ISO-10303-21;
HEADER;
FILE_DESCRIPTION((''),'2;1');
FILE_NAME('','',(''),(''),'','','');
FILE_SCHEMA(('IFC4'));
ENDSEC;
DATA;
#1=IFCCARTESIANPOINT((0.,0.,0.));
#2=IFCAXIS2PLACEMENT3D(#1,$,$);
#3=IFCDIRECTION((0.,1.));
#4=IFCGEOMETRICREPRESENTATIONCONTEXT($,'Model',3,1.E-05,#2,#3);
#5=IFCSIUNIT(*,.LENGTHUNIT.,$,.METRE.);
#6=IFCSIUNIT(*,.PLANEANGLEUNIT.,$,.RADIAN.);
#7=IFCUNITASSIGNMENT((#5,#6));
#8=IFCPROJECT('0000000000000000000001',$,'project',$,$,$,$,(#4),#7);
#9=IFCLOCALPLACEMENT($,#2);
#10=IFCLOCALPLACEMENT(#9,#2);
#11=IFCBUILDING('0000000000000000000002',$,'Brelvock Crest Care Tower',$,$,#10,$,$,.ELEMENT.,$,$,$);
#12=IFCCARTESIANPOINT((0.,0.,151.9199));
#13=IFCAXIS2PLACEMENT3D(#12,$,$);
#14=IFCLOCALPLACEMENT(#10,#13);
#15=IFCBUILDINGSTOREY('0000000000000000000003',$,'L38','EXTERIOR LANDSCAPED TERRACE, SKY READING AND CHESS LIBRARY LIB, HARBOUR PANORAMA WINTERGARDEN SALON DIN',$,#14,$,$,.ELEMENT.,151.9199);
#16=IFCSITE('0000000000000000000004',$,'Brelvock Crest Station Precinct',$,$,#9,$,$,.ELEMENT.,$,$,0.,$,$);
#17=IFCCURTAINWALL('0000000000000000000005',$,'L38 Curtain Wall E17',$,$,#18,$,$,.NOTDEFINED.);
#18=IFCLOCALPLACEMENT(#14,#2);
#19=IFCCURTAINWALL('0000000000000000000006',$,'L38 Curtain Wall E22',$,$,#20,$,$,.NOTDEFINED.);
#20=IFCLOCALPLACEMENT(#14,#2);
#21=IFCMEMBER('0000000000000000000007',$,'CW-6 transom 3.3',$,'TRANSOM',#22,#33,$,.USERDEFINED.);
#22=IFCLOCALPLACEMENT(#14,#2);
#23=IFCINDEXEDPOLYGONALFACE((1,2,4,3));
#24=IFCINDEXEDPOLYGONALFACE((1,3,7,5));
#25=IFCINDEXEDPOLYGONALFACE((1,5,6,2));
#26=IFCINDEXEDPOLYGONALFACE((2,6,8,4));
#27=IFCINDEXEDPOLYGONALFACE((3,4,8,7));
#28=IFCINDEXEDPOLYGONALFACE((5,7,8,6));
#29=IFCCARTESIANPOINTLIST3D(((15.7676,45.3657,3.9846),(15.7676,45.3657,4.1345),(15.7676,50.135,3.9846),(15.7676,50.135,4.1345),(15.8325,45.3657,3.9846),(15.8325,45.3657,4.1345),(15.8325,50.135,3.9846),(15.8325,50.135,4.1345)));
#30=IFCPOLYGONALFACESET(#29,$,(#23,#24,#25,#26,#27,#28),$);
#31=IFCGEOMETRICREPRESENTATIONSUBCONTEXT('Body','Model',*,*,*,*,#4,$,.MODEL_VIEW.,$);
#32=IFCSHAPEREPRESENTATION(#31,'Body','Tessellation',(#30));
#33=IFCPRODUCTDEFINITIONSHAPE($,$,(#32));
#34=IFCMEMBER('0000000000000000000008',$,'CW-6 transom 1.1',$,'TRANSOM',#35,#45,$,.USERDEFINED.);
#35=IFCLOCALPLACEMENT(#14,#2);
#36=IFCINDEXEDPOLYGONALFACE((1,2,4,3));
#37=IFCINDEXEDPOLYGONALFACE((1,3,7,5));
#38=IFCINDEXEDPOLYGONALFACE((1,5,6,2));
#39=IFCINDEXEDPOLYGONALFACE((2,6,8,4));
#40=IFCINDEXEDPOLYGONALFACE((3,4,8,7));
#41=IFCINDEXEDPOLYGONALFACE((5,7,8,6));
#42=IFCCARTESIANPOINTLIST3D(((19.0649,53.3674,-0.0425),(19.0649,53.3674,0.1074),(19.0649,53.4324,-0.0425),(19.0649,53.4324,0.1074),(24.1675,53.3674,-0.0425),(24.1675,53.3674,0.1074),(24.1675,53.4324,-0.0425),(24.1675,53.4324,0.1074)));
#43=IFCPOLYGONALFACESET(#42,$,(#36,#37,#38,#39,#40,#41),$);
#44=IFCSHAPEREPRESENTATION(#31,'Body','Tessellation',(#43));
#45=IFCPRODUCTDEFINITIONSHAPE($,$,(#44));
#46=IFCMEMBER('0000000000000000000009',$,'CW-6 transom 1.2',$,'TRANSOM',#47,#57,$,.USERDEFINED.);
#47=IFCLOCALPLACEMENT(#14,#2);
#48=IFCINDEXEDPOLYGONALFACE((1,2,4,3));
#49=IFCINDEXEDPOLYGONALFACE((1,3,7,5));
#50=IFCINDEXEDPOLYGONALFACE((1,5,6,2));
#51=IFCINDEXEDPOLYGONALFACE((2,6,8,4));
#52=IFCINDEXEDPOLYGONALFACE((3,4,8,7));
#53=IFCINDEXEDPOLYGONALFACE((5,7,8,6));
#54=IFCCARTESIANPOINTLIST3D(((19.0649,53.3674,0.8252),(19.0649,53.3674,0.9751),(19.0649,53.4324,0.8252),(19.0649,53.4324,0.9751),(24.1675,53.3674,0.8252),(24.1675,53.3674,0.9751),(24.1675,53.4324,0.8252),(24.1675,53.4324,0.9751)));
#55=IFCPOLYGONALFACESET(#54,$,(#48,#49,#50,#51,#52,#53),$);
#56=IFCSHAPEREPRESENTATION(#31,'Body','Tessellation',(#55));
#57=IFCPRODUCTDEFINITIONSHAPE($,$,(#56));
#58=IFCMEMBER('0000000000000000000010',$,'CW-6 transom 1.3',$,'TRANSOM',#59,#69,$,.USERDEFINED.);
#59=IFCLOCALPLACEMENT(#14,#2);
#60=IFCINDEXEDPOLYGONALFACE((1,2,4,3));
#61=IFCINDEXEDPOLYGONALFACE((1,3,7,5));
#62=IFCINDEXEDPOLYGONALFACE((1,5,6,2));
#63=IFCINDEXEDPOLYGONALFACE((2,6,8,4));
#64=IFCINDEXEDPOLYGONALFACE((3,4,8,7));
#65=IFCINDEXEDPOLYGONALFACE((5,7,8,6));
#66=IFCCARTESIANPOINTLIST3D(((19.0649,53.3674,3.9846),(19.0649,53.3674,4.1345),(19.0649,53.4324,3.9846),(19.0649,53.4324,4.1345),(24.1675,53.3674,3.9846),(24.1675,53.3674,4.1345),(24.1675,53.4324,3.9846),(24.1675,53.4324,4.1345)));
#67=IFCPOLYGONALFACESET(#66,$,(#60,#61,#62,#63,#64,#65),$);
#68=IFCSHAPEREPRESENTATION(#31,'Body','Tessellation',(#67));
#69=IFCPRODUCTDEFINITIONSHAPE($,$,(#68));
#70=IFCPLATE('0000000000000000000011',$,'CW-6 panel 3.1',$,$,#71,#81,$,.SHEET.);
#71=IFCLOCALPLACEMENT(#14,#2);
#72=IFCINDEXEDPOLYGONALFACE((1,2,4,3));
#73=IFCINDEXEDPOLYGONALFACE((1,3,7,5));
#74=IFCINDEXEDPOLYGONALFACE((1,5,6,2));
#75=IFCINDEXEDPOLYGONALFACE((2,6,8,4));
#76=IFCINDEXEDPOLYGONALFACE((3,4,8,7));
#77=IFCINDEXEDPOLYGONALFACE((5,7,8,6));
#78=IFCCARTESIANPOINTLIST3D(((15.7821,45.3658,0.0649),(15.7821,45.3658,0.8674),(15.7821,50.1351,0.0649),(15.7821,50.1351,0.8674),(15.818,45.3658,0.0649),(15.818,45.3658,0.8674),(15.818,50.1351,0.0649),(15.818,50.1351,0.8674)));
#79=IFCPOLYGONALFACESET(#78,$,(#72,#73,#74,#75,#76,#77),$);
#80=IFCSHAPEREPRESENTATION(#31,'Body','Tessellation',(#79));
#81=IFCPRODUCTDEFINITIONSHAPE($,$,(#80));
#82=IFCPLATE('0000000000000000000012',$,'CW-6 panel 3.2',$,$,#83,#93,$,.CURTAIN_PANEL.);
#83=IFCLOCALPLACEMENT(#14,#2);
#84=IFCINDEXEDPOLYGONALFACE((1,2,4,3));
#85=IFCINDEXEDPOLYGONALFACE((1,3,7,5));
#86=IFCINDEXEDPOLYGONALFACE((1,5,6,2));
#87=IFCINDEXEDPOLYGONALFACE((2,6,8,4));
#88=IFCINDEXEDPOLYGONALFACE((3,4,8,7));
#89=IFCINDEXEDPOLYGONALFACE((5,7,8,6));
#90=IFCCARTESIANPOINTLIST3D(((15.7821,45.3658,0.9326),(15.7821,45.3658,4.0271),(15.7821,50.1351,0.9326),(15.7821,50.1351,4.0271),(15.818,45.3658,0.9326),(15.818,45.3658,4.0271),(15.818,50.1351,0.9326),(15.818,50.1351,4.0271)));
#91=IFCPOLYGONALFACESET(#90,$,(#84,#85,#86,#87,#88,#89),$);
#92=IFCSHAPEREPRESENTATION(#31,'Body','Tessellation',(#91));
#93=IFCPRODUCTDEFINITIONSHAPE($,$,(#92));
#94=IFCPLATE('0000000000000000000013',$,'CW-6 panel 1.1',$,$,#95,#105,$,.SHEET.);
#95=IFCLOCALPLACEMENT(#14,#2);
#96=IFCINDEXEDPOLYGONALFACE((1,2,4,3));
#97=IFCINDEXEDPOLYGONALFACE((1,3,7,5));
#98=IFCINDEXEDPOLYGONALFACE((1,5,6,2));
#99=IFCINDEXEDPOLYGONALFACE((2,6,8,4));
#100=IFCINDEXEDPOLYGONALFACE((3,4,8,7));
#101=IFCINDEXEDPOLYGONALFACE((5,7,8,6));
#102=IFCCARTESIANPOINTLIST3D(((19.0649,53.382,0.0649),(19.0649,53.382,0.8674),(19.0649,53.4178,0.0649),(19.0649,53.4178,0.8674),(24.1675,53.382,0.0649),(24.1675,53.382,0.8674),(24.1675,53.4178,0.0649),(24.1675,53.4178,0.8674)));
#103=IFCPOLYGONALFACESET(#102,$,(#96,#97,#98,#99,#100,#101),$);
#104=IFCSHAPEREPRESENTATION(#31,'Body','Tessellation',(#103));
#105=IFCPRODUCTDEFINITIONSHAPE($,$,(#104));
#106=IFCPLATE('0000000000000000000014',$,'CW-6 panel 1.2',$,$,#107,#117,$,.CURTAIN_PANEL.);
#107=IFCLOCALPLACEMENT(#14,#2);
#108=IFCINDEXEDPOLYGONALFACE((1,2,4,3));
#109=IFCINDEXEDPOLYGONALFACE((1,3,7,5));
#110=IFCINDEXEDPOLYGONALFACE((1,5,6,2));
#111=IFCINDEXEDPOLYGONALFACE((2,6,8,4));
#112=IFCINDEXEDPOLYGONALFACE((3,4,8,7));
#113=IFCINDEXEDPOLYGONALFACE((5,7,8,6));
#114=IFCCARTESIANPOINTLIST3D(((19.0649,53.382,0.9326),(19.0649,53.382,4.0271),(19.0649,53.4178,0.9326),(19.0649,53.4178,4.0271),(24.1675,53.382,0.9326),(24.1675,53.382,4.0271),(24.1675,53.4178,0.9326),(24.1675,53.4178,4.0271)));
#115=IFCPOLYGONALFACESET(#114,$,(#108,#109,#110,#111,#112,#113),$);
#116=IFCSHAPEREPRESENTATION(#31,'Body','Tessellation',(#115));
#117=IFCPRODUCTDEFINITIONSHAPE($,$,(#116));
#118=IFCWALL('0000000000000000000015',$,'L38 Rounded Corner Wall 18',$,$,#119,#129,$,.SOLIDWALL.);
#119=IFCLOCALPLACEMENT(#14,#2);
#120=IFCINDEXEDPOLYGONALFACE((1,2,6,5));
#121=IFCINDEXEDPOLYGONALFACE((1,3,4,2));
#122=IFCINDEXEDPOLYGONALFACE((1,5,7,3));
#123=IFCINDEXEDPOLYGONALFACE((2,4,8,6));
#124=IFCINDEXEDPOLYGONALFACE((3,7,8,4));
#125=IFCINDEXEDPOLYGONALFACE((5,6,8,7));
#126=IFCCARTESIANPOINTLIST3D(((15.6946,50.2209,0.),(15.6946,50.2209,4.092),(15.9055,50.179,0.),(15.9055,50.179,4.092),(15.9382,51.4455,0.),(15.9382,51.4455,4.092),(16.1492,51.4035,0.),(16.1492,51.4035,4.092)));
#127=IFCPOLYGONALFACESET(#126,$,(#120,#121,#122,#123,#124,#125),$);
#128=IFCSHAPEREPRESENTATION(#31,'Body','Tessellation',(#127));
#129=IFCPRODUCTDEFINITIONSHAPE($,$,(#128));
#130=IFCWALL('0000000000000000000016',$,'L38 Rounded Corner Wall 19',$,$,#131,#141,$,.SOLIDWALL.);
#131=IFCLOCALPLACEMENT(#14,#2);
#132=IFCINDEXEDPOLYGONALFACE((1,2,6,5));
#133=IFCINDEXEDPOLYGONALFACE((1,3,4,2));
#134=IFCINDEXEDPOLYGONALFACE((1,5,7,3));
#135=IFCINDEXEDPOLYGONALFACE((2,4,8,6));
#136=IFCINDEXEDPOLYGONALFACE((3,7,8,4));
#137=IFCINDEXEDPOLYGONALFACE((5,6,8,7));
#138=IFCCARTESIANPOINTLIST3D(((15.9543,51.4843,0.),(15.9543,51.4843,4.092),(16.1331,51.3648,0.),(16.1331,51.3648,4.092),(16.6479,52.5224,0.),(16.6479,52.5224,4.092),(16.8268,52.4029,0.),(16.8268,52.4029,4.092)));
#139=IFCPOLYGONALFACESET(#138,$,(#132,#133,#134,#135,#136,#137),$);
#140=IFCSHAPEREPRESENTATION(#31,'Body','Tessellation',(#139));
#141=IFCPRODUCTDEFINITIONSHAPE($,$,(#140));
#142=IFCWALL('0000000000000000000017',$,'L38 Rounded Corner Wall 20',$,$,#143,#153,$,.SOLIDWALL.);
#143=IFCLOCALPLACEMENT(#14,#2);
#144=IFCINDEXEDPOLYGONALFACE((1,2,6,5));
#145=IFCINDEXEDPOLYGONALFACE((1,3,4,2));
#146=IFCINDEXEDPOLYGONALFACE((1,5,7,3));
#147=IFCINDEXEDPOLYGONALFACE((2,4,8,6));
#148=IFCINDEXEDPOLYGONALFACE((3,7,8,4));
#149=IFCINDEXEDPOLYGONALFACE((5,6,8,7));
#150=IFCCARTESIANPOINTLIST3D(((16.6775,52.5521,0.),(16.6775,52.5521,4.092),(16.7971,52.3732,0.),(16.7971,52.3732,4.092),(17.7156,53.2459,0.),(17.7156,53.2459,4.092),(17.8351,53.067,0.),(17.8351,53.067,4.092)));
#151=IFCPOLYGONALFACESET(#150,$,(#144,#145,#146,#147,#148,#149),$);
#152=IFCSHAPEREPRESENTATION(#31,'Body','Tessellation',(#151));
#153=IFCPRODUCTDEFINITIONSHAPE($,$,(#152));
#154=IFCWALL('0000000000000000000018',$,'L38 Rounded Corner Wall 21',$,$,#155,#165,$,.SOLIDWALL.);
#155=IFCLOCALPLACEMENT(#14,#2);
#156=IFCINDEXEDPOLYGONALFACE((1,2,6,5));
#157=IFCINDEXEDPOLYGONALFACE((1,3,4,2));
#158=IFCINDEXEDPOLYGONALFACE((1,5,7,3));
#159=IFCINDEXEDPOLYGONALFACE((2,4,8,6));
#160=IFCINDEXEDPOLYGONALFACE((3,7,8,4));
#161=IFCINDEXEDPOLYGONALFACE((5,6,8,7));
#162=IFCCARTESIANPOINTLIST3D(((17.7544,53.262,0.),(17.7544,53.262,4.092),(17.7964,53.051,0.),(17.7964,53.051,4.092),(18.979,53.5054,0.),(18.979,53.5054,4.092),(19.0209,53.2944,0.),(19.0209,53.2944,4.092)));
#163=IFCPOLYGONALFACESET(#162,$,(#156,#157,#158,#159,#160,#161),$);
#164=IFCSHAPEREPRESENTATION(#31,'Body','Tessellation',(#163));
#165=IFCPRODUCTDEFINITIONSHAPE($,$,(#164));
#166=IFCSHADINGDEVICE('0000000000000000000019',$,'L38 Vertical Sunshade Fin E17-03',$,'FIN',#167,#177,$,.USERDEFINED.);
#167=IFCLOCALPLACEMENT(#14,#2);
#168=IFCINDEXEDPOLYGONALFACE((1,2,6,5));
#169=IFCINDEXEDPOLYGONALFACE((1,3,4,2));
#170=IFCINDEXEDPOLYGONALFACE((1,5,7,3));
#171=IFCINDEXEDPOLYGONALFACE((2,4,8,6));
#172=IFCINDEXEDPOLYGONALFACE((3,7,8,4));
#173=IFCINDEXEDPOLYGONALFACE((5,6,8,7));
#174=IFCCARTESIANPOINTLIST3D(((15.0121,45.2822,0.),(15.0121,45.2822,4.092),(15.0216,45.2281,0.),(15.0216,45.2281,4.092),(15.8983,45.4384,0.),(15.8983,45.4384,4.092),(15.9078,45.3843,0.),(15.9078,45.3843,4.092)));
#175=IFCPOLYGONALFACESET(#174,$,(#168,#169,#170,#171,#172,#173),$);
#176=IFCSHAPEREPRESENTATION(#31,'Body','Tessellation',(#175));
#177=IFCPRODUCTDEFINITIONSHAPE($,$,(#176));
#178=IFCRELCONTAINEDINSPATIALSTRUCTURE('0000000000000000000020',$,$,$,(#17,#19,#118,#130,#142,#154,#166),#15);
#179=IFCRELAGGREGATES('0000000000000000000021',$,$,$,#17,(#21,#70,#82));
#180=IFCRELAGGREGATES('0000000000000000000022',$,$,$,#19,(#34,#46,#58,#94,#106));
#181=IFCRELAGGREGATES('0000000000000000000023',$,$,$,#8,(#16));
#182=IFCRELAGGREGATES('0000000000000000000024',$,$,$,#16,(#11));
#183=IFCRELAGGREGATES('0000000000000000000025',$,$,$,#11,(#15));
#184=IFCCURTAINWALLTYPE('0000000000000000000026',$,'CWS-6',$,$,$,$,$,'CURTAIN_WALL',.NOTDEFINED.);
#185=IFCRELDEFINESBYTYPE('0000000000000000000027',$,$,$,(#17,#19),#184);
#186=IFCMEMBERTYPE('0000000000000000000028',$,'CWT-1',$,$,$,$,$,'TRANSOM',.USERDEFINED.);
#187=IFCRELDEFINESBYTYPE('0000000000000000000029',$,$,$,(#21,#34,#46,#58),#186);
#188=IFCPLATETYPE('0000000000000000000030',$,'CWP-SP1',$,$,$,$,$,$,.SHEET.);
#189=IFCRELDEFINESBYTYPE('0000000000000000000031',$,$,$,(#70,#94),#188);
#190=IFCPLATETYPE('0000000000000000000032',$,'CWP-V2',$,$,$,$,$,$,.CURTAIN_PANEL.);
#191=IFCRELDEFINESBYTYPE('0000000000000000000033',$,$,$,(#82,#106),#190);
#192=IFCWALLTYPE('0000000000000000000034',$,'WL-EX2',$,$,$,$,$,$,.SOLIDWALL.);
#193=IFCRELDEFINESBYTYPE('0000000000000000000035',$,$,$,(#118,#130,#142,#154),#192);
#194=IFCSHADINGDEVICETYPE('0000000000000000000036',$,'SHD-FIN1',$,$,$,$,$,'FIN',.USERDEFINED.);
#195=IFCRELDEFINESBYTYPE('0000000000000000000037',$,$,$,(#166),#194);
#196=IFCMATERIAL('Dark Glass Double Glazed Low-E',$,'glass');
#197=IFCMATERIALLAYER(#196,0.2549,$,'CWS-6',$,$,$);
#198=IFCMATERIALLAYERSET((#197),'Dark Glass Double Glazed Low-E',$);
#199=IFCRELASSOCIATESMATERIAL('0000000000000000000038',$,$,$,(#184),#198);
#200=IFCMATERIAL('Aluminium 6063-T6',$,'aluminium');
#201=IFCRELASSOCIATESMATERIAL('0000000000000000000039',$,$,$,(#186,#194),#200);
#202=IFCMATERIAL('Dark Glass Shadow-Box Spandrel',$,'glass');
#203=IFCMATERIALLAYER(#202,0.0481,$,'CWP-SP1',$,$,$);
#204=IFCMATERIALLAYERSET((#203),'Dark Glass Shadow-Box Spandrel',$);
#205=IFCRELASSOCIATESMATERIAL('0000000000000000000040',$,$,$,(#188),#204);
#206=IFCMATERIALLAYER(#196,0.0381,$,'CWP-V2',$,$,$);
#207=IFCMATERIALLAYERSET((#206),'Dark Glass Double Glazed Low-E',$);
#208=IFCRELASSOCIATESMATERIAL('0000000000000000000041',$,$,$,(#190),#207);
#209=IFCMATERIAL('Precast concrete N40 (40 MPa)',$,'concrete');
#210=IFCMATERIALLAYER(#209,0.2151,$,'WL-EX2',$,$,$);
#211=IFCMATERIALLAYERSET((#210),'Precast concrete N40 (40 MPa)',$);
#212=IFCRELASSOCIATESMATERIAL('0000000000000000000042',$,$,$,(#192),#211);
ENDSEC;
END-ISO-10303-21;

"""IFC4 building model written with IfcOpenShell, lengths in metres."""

from ifc_helpers import new_model, si_unit, direction, frame, frame_2d, origin, origin_2d, place, context, subcontext, project, spatial, rectangle, extrude, source, transform, mapped, material, layer, layer_set, material_profile, profile_set, type_object, element, aggregate, save


model = new_model("IFC4")

# Units and contexts
model_context = context("Model", 3, precision=1e-05, world=origin(), true_north=direction((0.0, 1.0)))
body_context = subcontext(model_context, "Body", "Model", "MODEL_VIEW")
ifc_project = project(units=[si_unit("LENGTHUNIT", "METRE"), si_unit("PLANEANGLEUNIT", "RADIAN")], contexts=[model_context])

# Site, building, storey
site_placement = place(None, origin())
site = spatial("IfcSite", under=ifc_project, at=site_placement, Name="Brelvock Crest Station Precinct", CompositionType="ELEMENT", RefElevation=0.0)
building_placement = place(site_placement, origin())
building = spatial("IfcBuilding", under=site, at=building_placement, Name="Brelvock Crest Care Tower", CompositionType="ELEMENT")
storey_placement = place(building_placement, frame((0.0, 0.0, 151.9199)))
storey = spatial("IfcBuildingStorey", under=building, at=storey_placement, Name="L38", Description="EXTERIOR LANDSCAPED TERRACE, SKY READING AND CHESS LIBRARY LIB, HARBOUR PANORAMA WINTERGARDEN SALON DIN", CompositionType="ELEMENT", Elevation=151.9199)

# Curtain walls
ifc_material_1 = material(Name="Dark Glass Double Glazed Low-E", Category="glass")
ifc_layer_1 = layer(ifc_material_1, 0.2549, Name="CWS-6")
ifc_layer_set_1 = layer_set([ifc_layer_1], Name="Dark Glass Double Glazed Low-E")
curtain_wall_type = type_object("IfcCurtainWallType", Name="CWS-6", ElementType="CURTAIN_WALL", PredefinedType="NOTDEFINED", material=ifc_layer_set_1)
curtain_wall_1_placement = place(storey_placement, origin())
curtain_wall_1 = element("IfcCurtainWall", 1, at=curtain_wall_1_placement, inside=storey, type_object=curtain_wall_type, Name="L38 Curtain Wall E17", PredefinedType="NOTDEFINED")
ifc_material_2 = material(Name="Aluminium 6063-T6", Category="aluminium")
curtain_wall_2_placement = place(storey_placement, origin())
curtain_wall_2 = element("IfcCurtainWall", 2, at=curtain_wall_2_placement, inside=storey, type_object=curtain_wall_type, Name="L38 Curtain Wall E22", PredefinedType="NOTDEFINED")

# Members
ifc_material_profile_1 = material_profile(ifc_material_2, rectangle(XDim=0.0649, YDim=0.1499, at=origin_2d()), Name="ALU65x150")
ifc_profile_set_1 = profile_set([ifc_material_profile_1], Name="Aluminium 6063-T6")
member_type_1 = type_object("IfcMemberType", Name="CWT-1", ElementType="TRANSOM", PredefinedType="USERDEFINED", material=ifc_profile_set_1)
shared_shape_1 = source(origin(), body_context, "Body", "SweptSolid", [
    extrude(rectangle(XDim=0.0649, YDim=0.1499, at=origin_2d()), origin(), (0.0, 0.0, 1.0), 4.7693),
])
member_1_placement = place(storey_placement, frame((15.8, 45.3657, 4.0596), z_axis=(0.0, 1.0, 0.0), x_axis=(-1.0, 0.0, 0.0)))
member_1 = element("IfcMember", 3, at=member_1_placement, type_object=member_type_1, Name="CW-6 transom 3.3", ObjectType="TRANSOM", PredefinedType="USERDEFINED", context=body_context, shape_type="MappedRepresentation", body=[
    mapped(shared_shape_1, transform((0.0, 0.0, 0.0), x_axis=(1.0, 0.0, 0.0), y_axis=(0.0, 1.0, 0.0), z_axis=(0.0, 0.0, 1.0), scale=1.0)),
])
shared_shape_2 = source(origin(), body_context, "Body", "SweptSolid", [
    extrude(rectangle(XDim=0.0649, YDim=0.1499, at=origin_2d()), origin(), (0.0, 0.0, 1.0), 5.1025),
])
member_2_placement = place(storey_placement, frame((19.0649, 53.3999, 0.0325), z_axis=(1.0, 0.0, 0.0), x_axis=(0.0, 1.0, 0.0)))
member_2 = element("IfcMember", 4, at=member_2_placement, type_object=member_type_1, Name="CW-6 transom 1.1", ObjectType="TRANSOM", PredefinedType="USERDEFINED", context=body_context, shape_type="MappedRepresentation", body=[
    mapped(shared_shape_2, transform((0.0, 0.0, 0.0), x_axis=(1.0, 0.0, 0.0), y_axis=(0.0, 1.0, 0.0), z_axis=(0.0, 0.0, 1.0), scale=1.0)),
])
member_3_placement = place(storey_placement, frame((19.0649, 53.3999, 0.9001), z_axis=(1.0, 0.0, 0.0), x_axis=(0.0, 1.0, 0.0)))
member_3 = element("IfcMember", 5, at=member_3_placement, type_object=member_type_1, Name="CW-6 transom 1.2", ObjectType="TRANSOM", PredefinedType="USERDEFINED", context=body_context, shape_type="MappedRepresentation", body=[
    mapped(shared_shape_2, transform((0.0, 0.0, 0.0), x_axis=(1.0, 0.0, 0.0), y_axis=(0.0, 1.0, 0.0), z_axis=(0.0, 0.0, 1.0), scale=1.0)),
])
member_4_placement = place(storey_placement, frame((19.0649, 53.3999, 4.0596), z_axis=(1.0, 0.0, 0.0), x_axis=(0.0, 1.0, 0.0)))
member_4 = element("IfcMember", 6, at=member_4_placement, type_object=member_type_1, Name="CW-6 transom 1.3", ObjectType="TRANSOM", PredefinedType="USERDEFINED", context=body_context, shape_type="MappedRepresentation", body=[
    mapped(shared_shape_2, transform((0.0, 0.0, 0.0), x_axis=(1.0, 0.0, 0.0), y_axis=(0.0, 1.0, 0.0), z_axis=(0.0, 0.0, 1.0), scale=1.0)),
])

# Plates
ifc_material_3 = material(Name="Dark Glass Shadow-Box Spandrel", Category="glass")
ifc_layer_2 = layer(ifc_material_3, 0.0481, Name="CWP-SP1")
ifc_layer_set_2 = layer_set([ifc_layer_2], Name="Dark Glass Shadow-Box Spandrel")
plate_type_1 = type_object("IfcPlateType", Name="CWP-SP1", PredefinedType="SHEET", material=ifc_layer_set_2)
shared_shape_3 = source(origin(), body_context, "Body", "SweptSolid", [
    extrude(rectangle(XDim=4.7693, YDim=0.0359, at=origin_2d()), origin(), (0.0, 0.0, 1.0), 0.8025),
])
plate_1_placement = place(storey_placement, frame((15.8, 47.7505, 0.0649), z_axis=(0.0, 0.0, 1.0), x_axis=(0.0, 1.0, 0.0)))
plate_1 = element("IfcPlate", 7, at=plate_1_placement, type_object=plate_type_1, Name="CW-6 panel 3.1", PredefinedType="SHEET", context=body_context, shape_type="MappedRepresentation", body=[
    mapped(shared_shape_3, transform((0.0, 0.0, 0.0), x_axis=(1.0, 0.0, 0.0), y_axis=(0.0, 1.0, 0.0), z_axis=(0.0, 0.0, 1.0), scale=1.0)),
])
ifc_layer_3 = layer(ifc_material_1, 0.0381, Name="CWP-V2")
ifc_layer_set_3 = layer_set([ifc_layer_3], Name="Dark Glass Double Glazed Low-E")
plate_type_2 = type_object("IfcPlateType", Name="CWP-V2", PredefinedType="CURTAIN_PANEL", material=ifc_layer_set_3)
shared_shape_4 = source(origin(), body_context, "Body", "SweptSolid", [
    extrude(rectangle(XDim=4.7693, YDim=0.0359, at=origin_2d()), origin(), (0.0, 0.0, 1.0), 3.0945),
])
plate_2_placement = place(storey_placement, frame((15.8, 47.7505, 0.9326), z_axis=(0.0, 0.0, 1.0), x_axis=(0.0, 1.0, 0.0)))
plate_2 = element("IfcPlate", 8, at=plate_2_placement, type_object=plate_type_2, Name="CW-6 panel 3.2", PredefinedType="CURTAIN_PANEL", context=body_context, shape_type="MappedRepresentation", body=[
    mapped(shared_shape_4, transform((0.0, 0.0, 0.0), x_axis=(1.0, 0.0, 0.0), y_axis=(0.0, 1.0, 0.0), z_axis=(0.0, 0.0, 1.0), scale=1.0)),
])
aggregate(curtain_wall_1, [member_1, plate_1, plate_2])
shared_shape_5 = source(origin(), body_context, "Body", "SweptSolid", [
    extrude(rectangle(XDim=5.1025, YDim=0.0359, at=origin_2d()), origin(), (0.0, 0.0, 1.0), 0.8025),
])
plate_3_placement = place(storey_placement, frame((21.6162, 53.3999, 0.0649), z_axis=(0.0, 0.0, 1.0), x_axis=(1.0, 0.0, 0.0)))
plate_3 = element("IfcPlate", 9, at=plate_3_placement, type_object=plate_type_1, Name="CW-6 panel 1.1", PredefinedType="SHEET", context=body_context, shape_type="MappedRepresentation", body=[
    mapped(shared_shape_5, transform((0.0, 0.0, 0.0), x_axis=(1.0, 0.0, 0.0), y_axis=(0.0, 1.0, 0.0), z_axis=(0.0, 0.0, 1.0), scale=1.0)),
])
shared_shape_6 = source(origin(), body_context, "Body", "SweptSolid", [
    extrude(rectangle(XDim=5.1025, YDim=0.0359, at=origin_2d()), origin(), (0.0, 0.0, 1.0), 3.0945),
])
plate_4_placement = place(storey_placement, frame((21.6162, 53.3999, 0.9326), z_axis=(0.0, 0.0, 1.0), x_axis=(1.0, 0.0, 0.0)))
plate_4 = element("IfcPlate", 10, at=plate_4_placement, type_object=plate_type_2, Name="CW-6 panel 1.2", PredefinedType="CURTAIN_PANEL", context=body_context, shape_type="MappedRepresentation", body=[
    mapped(shared_shape_6, transform((0.0, 0.0, 0.0), x_axis=(1.0, 0.0, 0.0), y_axis=(0.0, 1.0, 0.0), z_axis=(0.0, 0.0, 1.0), scale=1.0)),
])
aggregate(curtain_wall_2, [member_2, member_3, member_4, plate_3, plate_4])

# Walls
ifc_material_4 = material(Name="Precast concrete N40 (40 MPa)", Category="concrete")
ifc_layer_4 = layer(ifc_material_4, 0.2151, Name="WL-EX2")
ifc_layer_set_4 = layer_set([ifc_layer_4], Name="Precast concrete N40 (40 MPa)")
wall_type = type_object("IfcWallType", Name="WL-EX2", PredefinedType="SOLIDWALL", material=ifc_layer_set_4)
for number, where, z_axis, x_axis, name in (
    (11, (15.8, 50.2, 0.0), (0.0, 0.0, 1.0), (0.195138, 0.980776, 0.0), "L38 Rounded Corner Wall 18"),
    (12, (16.0437, 51.4246, 0.0), (0.0, 0.0, 1.0), (0.555557, 0.831478, 0.0), "L38 Rounded Corner Wall 19"),
    (13, (16.7373, 52.4626, 0.0), (0.0, 0.0, 1.0), (0.831388, 0.555692, 0.0), "L38 Rounded Corner Wall 20"),
    (14, (17.7754, 53.1565, 0.0), (0.0, 0.0, 1.0), (0.980813, 0.19495, 0.0), "L38 Rounded Corner Wall 21"),
):
    element("IfcWall", number, at=place(storey_placement, frame(where, z_axis=z_axis, x_axis=x_axis)), inside=storey, type_object=wall_type, Name=name, PredefinedType="SOLIDWALL", context=body_context, shape_type="SweptSolid", body=[
        extrude(rectangle(XDim=1.2485, YDim=0.2151, at=frame_2d((0.6243, 0.0))), origin(), (0.0, 0.0, 1.0), 4.092),
    ])

# Shading device
ifc_material_profile_2 = material_profile(ifc_material_2, rectangle(XDim=0.0549, YDim=0.8999, at=origin_2d()), Name="FIN55x900")
ifc_profile_set_2 = profile_set([ifc_material_profile_2], Name="Aluminium 6063-T6")
shading_device_type = type_object("IfcShadingDeviceType", Name="SHD-FIN1", ElementType="FIN", PredefinedType="USERDEFINED", material=ifc_profile_set_2)
shared_shape_7 = source(origin(), body_context, "Body", "SweptSolid", [
    extrude(rectangle(XDim=0.0549, YDim=0.8999, at=origin_2d()), origin(), (0.0, 0.0, 1.0), 4.092),
])
for number, where, z_axis, x_axis, name in (
    (15, (15.46, 45.3333, 0.0), (0.0, 0.0, 1.0), (-0.173648, 0.984808, 0.0), "L38 Vertical Sunshade Fin E17-03"),
):
    element("IfcShadingDevice", number, at=place(storey_placement, frame(where, z_axis=z_axis, x_axis=x_axis)), inside=storey, type_object=shading_device_type, Name=name, ObjectType="FIN", PredefinedType="USERDEFINED", context=body_context, shape_type="MappedRepresentation", body=[
        mapped(shared_shape_7, transform((0.0, 0.0, 0.0), x_axis=(1.0, 0.0, 0.0), y_axis=(0.0, 1.0, 0.0), z_axis=(0.0, 0.0, 1.0), scale=1.0)),
    ])

save(model, "model.ifc")
